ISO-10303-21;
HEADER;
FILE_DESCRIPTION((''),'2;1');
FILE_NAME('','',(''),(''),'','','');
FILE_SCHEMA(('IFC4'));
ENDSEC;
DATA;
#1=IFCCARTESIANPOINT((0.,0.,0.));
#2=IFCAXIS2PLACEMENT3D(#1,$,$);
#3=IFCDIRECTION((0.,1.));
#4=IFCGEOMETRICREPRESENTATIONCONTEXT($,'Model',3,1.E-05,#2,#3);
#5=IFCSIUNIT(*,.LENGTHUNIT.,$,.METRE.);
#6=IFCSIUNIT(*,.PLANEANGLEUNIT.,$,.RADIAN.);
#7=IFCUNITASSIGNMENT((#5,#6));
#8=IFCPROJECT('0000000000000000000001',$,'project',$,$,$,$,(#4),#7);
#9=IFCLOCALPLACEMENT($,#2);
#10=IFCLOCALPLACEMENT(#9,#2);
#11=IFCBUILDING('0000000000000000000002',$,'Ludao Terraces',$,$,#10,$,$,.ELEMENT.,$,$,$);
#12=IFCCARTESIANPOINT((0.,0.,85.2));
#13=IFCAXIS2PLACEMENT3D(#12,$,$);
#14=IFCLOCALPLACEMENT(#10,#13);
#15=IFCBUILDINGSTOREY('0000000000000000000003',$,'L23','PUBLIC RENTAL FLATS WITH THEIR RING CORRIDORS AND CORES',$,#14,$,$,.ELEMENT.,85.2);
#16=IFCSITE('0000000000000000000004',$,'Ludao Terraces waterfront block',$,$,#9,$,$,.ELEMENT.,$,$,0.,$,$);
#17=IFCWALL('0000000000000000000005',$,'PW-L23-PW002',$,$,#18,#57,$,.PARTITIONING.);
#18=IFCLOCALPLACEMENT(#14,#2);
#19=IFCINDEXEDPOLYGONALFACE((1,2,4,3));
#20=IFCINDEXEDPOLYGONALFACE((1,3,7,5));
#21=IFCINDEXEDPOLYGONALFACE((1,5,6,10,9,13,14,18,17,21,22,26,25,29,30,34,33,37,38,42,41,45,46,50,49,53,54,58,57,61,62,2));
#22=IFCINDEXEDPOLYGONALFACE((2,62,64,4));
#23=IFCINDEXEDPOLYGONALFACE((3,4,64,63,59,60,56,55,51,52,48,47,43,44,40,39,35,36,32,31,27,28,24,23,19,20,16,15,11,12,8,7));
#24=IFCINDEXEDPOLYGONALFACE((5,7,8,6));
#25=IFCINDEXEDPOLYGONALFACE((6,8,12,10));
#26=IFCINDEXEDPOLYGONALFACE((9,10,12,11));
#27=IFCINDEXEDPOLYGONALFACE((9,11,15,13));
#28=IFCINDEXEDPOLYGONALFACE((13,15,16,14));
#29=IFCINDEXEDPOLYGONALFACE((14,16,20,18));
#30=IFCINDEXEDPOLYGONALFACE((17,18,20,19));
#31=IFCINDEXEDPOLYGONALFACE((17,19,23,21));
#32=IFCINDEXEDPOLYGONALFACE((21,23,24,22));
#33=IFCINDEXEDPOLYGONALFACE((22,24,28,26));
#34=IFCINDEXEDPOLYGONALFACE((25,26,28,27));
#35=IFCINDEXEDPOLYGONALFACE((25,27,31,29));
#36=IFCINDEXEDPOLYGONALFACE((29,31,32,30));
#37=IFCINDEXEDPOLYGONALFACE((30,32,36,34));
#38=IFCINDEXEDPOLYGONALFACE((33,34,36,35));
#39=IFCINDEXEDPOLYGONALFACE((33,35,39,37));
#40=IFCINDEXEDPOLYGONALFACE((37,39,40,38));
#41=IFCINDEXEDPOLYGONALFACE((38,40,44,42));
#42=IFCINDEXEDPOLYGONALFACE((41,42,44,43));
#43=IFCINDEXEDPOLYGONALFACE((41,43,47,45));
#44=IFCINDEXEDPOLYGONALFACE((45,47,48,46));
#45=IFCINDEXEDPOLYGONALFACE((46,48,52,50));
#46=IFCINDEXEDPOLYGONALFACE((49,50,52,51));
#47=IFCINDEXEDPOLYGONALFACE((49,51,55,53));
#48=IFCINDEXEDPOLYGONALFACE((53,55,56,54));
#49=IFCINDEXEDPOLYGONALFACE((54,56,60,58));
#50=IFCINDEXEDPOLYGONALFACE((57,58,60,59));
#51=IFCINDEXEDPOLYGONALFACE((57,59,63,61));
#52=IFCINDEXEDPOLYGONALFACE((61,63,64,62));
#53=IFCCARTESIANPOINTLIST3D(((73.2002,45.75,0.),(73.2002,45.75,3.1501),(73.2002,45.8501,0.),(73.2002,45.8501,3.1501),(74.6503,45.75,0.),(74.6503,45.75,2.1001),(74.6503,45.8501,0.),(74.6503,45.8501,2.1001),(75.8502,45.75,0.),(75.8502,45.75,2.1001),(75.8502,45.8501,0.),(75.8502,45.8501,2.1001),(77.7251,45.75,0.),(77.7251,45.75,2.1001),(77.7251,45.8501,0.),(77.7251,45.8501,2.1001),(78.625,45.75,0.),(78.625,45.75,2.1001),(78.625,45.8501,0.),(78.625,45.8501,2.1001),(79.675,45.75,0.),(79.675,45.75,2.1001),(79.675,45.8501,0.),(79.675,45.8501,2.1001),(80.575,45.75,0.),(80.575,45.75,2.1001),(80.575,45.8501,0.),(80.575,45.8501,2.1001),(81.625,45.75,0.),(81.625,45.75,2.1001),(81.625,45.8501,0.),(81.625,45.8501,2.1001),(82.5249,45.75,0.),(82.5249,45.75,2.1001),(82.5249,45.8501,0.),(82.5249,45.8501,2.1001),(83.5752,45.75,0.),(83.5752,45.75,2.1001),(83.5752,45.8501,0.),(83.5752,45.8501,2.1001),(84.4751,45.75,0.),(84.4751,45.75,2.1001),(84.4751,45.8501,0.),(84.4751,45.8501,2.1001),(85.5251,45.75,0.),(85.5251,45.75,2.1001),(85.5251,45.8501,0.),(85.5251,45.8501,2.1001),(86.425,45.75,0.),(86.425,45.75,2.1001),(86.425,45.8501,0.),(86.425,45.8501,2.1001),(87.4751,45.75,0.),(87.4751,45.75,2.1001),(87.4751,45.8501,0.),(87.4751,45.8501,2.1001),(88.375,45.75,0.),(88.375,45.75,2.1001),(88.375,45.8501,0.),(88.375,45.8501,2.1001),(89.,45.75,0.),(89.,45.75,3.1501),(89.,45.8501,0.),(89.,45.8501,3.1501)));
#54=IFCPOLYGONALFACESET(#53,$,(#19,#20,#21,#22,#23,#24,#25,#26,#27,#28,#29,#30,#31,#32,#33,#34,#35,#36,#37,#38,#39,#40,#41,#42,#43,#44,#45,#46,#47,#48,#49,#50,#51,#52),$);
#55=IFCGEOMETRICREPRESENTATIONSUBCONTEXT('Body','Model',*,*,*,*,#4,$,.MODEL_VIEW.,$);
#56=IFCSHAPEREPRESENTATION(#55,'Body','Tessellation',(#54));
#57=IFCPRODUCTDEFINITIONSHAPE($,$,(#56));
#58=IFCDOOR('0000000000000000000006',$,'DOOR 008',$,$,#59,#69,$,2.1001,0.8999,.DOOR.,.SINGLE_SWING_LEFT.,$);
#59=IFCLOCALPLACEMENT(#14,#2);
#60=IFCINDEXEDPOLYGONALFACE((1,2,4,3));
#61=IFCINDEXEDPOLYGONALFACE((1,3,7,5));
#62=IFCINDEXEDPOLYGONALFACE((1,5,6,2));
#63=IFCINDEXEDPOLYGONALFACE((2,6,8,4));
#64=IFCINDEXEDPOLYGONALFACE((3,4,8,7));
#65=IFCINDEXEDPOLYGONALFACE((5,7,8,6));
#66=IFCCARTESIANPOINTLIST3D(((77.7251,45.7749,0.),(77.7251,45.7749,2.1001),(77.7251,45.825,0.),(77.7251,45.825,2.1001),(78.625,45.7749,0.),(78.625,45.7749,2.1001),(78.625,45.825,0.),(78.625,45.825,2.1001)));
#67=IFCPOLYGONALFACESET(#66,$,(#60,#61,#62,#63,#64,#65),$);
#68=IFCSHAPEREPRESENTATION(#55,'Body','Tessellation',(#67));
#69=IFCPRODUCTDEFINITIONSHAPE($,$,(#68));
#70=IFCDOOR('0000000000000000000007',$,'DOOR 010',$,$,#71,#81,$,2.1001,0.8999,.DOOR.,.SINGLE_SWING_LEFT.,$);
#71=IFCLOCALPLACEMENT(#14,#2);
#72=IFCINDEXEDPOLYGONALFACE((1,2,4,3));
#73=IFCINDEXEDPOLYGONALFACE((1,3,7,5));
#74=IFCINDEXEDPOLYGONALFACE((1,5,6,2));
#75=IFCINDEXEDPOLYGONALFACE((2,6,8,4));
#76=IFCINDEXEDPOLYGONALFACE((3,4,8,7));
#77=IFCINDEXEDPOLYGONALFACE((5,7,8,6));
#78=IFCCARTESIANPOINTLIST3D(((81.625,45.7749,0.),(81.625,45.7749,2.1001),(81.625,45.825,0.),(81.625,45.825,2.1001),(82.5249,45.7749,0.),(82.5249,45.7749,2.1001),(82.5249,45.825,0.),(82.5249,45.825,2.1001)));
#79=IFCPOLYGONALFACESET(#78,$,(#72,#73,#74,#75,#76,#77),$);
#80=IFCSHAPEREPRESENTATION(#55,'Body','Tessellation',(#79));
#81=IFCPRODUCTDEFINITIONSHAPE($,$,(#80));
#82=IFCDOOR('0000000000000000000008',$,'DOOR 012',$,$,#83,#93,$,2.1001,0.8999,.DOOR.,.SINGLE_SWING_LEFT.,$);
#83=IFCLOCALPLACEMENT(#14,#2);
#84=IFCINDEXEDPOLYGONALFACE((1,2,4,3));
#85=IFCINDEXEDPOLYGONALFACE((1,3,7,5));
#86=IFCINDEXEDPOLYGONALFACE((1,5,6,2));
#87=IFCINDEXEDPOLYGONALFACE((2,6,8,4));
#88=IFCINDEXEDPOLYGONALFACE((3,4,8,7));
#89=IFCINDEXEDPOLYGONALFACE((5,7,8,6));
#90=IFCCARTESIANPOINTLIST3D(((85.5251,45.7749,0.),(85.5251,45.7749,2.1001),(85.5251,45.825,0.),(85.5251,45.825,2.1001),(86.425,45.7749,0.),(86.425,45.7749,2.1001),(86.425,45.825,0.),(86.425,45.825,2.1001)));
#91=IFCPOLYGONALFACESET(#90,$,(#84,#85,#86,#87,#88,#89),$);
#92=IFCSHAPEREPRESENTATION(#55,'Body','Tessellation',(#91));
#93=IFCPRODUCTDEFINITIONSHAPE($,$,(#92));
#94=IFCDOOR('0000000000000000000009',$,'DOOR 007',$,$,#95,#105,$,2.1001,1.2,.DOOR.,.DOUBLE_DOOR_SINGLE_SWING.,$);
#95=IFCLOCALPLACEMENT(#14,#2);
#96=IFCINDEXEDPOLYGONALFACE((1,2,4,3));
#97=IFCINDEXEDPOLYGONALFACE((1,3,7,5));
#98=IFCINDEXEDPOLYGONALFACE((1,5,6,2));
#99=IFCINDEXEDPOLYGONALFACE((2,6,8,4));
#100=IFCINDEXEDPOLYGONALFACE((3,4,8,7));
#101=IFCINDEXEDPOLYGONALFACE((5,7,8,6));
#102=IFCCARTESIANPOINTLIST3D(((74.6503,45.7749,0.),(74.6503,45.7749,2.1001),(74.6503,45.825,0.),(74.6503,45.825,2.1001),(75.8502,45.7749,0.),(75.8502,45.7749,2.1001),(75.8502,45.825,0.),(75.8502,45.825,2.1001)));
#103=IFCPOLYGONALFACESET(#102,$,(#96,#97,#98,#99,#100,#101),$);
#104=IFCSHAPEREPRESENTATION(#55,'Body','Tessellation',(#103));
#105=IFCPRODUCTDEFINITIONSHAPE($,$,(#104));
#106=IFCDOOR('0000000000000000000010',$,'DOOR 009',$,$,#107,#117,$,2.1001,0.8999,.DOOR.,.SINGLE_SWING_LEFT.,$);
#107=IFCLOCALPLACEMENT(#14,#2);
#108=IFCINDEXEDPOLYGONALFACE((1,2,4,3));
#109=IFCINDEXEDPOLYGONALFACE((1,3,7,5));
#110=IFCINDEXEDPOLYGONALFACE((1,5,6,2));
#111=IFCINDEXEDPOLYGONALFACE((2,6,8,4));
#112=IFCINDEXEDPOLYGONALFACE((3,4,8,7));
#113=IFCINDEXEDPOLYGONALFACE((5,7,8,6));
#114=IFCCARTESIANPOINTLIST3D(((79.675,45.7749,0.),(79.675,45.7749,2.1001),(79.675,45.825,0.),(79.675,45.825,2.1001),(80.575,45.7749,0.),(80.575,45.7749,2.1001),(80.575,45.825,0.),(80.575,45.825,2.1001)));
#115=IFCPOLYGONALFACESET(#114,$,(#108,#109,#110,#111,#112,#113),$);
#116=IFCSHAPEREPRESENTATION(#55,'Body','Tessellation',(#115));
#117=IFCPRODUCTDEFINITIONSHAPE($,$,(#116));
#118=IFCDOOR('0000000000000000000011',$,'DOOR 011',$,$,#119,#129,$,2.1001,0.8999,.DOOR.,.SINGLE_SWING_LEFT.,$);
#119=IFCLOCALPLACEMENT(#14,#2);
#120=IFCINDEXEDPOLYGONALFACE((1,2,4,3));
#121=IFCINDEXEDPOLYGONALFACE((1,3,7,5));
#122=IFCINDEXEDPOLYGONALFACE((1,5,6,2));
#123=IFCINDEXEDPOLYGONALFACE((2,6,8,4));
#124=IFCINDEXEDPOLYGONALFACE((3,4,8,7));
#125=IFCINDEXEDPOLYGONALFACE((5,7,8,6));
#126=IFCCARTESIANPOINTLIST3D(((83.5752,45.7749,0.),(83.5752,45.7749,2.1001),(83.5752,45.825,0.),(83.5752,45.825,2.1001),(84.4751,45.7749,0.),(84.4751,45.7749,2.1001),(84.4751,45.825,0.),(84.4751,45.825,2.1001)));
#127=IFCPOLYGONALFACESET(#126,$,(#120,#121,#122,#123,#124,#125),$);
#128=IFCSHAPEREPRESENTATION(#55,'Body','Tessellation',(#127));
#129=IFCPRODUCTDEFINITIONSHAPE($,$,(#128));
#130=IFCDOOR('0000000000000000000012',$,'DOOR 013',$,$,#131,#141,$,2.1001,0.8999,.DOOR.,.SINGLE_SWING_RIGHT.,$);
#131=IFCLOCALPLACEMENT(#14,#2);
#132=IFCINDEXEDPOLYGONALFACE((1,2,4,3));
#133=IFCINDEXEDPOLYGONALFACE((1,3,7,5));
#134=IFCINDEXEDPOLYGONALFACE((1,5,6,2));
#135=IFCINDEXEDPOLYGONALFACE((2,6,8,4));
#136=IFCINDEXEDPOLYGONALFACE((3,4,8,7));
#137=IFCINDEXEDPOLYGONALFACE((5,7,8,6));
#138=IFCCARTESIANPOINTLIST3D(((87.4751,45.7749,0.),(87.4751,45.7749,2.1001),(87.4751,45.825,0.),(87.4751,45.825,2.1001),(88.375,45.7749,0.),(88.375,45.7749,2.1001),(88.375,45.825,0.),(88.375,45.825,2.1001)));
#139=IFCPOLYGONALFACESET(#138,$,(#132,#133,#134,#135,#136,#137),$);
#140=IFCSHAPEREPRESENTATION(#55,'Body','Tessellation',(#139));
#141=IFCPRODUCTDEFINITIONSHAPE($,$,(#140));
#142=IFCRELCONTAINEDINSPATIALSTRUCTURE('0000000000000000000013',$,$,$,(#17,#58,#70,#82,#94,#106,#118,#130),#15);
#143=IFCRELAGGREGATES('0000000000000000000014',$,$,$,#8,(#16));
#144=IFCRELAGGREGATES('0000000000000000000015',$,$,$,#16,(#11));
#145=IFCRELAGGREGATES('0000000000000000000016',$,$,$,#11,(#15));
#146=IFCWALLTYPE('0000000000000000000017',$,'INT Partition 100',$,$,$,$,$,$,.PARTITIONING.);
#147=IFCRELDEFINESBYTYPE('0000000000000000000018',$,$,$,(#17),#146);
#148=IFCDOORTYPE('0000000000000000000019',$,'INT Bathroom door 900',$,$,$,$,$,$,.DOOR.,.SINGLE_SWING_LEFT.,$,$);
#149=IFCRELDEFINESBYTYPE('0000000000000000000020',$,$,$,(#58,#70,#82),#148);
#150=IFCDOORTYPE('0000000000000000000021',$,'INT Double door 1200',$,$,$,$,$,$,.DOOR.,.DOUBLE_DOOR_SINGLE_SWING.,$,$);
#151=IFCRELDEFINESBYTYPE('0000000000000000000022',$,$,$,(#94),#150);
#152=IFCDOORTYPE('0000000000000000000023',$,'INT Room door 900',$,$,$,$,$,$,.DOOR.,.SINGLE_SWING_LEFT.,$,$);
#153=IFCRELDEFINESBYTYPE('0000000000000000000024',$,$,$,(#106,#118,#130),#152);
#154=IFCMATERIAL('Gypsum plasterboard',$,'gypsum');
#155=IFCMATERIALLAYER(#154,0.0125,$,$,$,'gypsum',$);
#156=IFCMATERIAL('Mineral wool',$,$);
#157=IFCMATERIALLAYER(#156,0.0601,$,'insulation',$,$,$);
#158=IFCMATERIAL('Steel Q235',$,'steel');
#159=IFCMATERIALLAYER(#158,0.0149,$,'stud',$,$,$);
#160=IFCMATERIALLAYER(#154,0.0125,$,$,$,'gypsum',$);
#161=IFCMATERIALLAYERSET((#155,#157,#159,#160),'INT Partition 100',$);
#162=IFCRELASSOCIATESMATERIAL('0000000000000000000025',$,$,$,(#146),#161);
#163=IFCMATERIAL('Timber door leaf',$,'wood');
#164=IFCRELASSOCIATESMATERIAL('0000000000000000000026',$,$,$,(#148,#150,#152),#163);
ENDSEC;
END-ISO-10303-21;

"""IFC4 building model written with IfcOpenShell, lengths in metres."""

from ifc_helpers import new_model, si_unit, direction, frame, frame_2d, origin, place, context, subcontext, project, spatial, rectangle, extrude, material, layer, layer_set, type_object, element, fill, save


model = new_model("IFC4")

# Units and contexts
model_context = context("Model", 3, precision=1e-05, world=origin(), true_north=direction((0.0, 1.0)))
body_context = subcontext(model_context, "Body", "Model", "MODEL_VIEW")
ifc_project = project(units=[si_unit("LENGTHUNIT", "METRE"), si_unit("PLANEANGLEUNIT", "RADIAN")], contexts=[model_context])

# Site, building, storey
site_placement = place(None, origin())
site = spatial("IfcSite", under=ifc_project, at=site_placement, Name="Ludao Terraces waterfront block", CompositionType="ELEMENT", RefElevation=0.0)
building_placement = place(site_placement, origin())
building = spatial("IfcBuilding", under=site, at=building_placement, Name="Ludao Terraces", CompositionType="ELEMENT")
storey_placement = place(building_placement, frame((0.0, 0.0, 85.2)))
storey = spatial("IfcBuildingStorey", under=building, at=storey_placement, Name="L23", Description="PUBLIC RENTAL FLATS WITH THEIR RING CORRIDORS AND CORES", CompositionType="ELEMENT", Elevation=85.2)

# Wall, openings, doors
ifc_material_1 = material(Name="Gypsum plasterboard", Category="gypsum")
ifc_layer_1 = layer(ifc_material_1, 0.0125, Category="gypsum")
ifc_material_2 = material(Name="Mineral wool")
ifc_layer_2 = layer(ifc_material_2, 0.0601, Name="insulation")
ifc_material_3 = material(Name="Steel Q235", Category="steel")
ifc_layer_3 = layer(ifc_material_3, 0.0149, Name="stud")
ifc_layer_4 = layer(ifc_material_1, 0.0125, Category="gypsum")
ifc_layer_set_1 = layer_set([ifc_layer_1, ifc_layer_2, ifc_layer_3, ifc_layer_4], Name="INT Partition 100")
wall_type_1 = type_object("IfcWallType", Name="INT Partition 100", PredefinedType="PARTITIONING", material=ifc_layer_set_1)
wall_1_placement = place(storey_placement, frame((73.2002, 45.8, 0.0), z_axis=(0.0, 0.0, 1.0), x_axis=(1.0, 0.0, 0.0)))
wall_1 = element("IfcWall", 1, at=wall_1_placement, inside=storey, type_object=wall_type_1, Name="PW-L23-PW002", PredefinedType="PARTITIONING", context=body_context, shape_type="SweptSolid", body=[
    extrude(rectangle(XDim=15.7998, YDim=0.1001, at=frame_2d((7.8999, 0.0))), origin(), (0.0, 0.0, 1.0), 3.1501),
])
opening_1_placement = place(wall_1_placement, frame((1.45, 0.0, 0.0)))
opening_1 = element("IfcOpeningElement", 2, at=opening_1_placement, cuts=wall_1, PredefinedType="OPENING", context=body_context, shape_type="SweptSolid", body=[
    extrude(rectangle(XDim=1.2, YDim=2.1001, at=frame_2d((0.6001, 1.05))), frame((0.0, 0.0601, 0.0), z_axis=(0.0, -1.0, 0.0), x_axis=(1.0, 0.0, 0.0)), (0.0, 0.0, 1.0), 0.1201),
])
opening_2_placement = place(wall_1_placement, frame((4.5249, 0.0, 0.0)))
opening_2 = element("IfcOpeningElement", 3, at=opening_2_placement, cuts=wall_1, PredefinedType="OPENING", context=body_context, shape_type="SweptSolid", body=[
    extrude(rectangle(XDim=0.8999, YDim=2.1001, at=frame_2d((0.45, 1.05))), frame((0.0, 0.0601, 0.0), z_axis=(0.0, -1.0, 0.0), x_axis=(1.0, 0.0, 0.0)), (0.0, 0.0, 1.0), 0.1201),
])
opening_3_placement = place(wall_1_placement, frame((6.4749, 0.0, 0.0)))
opening_3 = element("IfcOpeningElement", 4, at=opening_3_placement, cuts=wall_1, PredefinedType="OPENING", context=body_context, shape_type="SweptSolid", body=[
    extrude(rectangle(XDim=0.8999, YDim=2.1001, at=frame_2d((0.45, 1.05))), frame((0.0, 0.0601, 0.0), z_axis=(0.0, -1.0, 0.0), x_axis=(1.0, 0.0, 0.0)), (0.0, 0.0, 1.0), 0.1201),
])
opening_4_placement = place(wall_1_placement, frame((8.4248, 0.0, 0.0)))
opening_4 = element("IfcOpeningElement", 5, at=opening_4_placement, cuts=wall_1, PredefinedType="OPENING", context=body_context, shape_type="SweptSolid", body=[
    extrude(rectangle(XDim=0.8999, YDim=2.1001, at=frame_2d((0.45, 1.05))), frame((0.0, 0.0601, 0.0), z_axis=(0.0, -1.0, 0.0), x_axis=(1.0, 0.0, 0.0)), (0.0, 0.0, 1.0), 0.1201),
])
opening_5_placement = place(wall_1_placement, frame((10.375, 0.0, 0.0)))
opening_5 = element("IfcOpeningElement", 6, at=opening_5_placement, cuts=wall_1, PredefinedType="OPENING", context=body_context, shape_type="SweptSolid", body=[
    extrude(rectangle(XDim=0.8999, YDim=2.1001, at=frame_2d((0.45, 1.05))), frame((0.0, 0.0601, 0.0), z_axis=(0.0, -1.0, 0.0), x_axis=(1.0, 0.0, 0.0)), (0.0, 0.0, 1.0), 0.1201),
])
opening_6_placement = place(wall_1_placement, frame((12.325, 0.0, 0.0)))
opening_6 = element("IfcOpeningElement", 7, at=opening_6_placement, cuts=wall_1, PredefinedType="OPENING", context=body_context, shape_type="SweptSolid", body=[
    extrude(rectangle(XDim=0.8999, YDim=2.1001, at=frame_2d((0.45, 1.05))), frame((0.0, 0.0601, 0.0), z_axis=(0.0, -1.0, 0.0), x_axis=(1.0, 0.0, 0.0)), (0.0, 0.0, 1.0), 0.1201),
])
opening_7_placement = place(wall_1_placement, frame((14.2749, 0.0, 0.0)))
opening_7 = element("IfcOpeningElement", 8, at=opening_7_placement, cuts=wall_1, PredefinedType="OPENING", context=body_context, shape_type="SweptSolid", body=[
    extrude(rectangle(XDim=0.8999, YDim=2.1001, at=frame_2d((0.45, 1.05))), frame((0.0, 0.0601, 0.0), z_axis=(0.0, -1.0, 0.0), x_axis=(1.0, 0.0, 0.0)), (0.0, 0.0, 1.0), 0.1201),
])
ifc_material_4 = material(Name="Timber door leaf", Category="wood")
door_type_1 = type_object("IfcDoorType", Name="INT Bathroom door 900", OperationType="SINGLE_SWING_LEFT", PredefinedType="DOOR", material=ifc_material_4)
door_1_placement = place(opening_2_placement, origin())
door_1 = element("IfcDoor", 9, at=door_1_placement, inside=storey, type_object=door_type_1, Name="DOOR 008", OperationType="SINGLE_SWING_LEFT", OverallHeight=2.1001, OverallWidth=0.8999, PredefinedType="DOOR", context=body_context, shape_type="SweptSolid", body=[
    extrude(rectangle(XDim=0.8999, YDim=2.1001, at=frame_2d((0.45, 1.05))), frame((0.0, 0.0249, 0.0), z_axis=(0.0, -1.0, 0.0), x_axis=(1.0, 0.0, 0.0)), (0.0, 0.0, 1.0), 0.05),
])
fill(opening_2, door_1)
door_2_placement = place(opening_4_placement, origin())
door_2 = element("IfcDoor", 10, at=door_2_placement, inside=storey, type_object=door_type_1, Name="DOOR 010", OperationType="SINGLE_SWING_LEFT", OverallHeight=2.1001, OverallWidth=0.8999, PredefinedType="DOOR", context=body_context, shape_type="SweptSolid", body=[
    extrude(rectangle(XDim=0.8999, YDim=2.1001, at=frame_2d((0.45, 1.05))), frame((0.0, 0.0249, 0.0), z_axis=(0.0, -1.0, 0.0), x_axis=(1.0, 0.0, 0.0)), (0.0, 0.0, 1.0), 0.05),
])
fill(opening_4, door_2)
door_3_placement = place(opening_6_placement, origin())
door_3 = element("IfcDoor", 11, at=door_3_placement, inside=storey, type_object=door_type_1, Name="DOOR 012", OperationType="SINGLE_SWING_LEFT", OverallHeight=2.1001, OverallWidth=0.8999, PredefinedType="DOOR", context=body_context, shape_type="SweptSolid", body=[
    extrude(rectangle(XDim=0.8999, YDim=2.1001, at=frame_2d((0.45, 1.05))), frame((0.0, 0.0249, 0.0), z_axis=(0.0, -1.0, 0.0), x_axis=(1.0, 0.0, 0.0)), (0.0, 0.0, 1.0), 0.05),
])
fill(opening_6, door_3)
door_type_2 = type_object("IfcDoorType", Name="INT Double door 1200", OperationType="DOUBLE_DOOR_SINGLE_SWING", PredefinedType="DOOR", material=ifc_material_4)
door_4_placement = place(opening_1_placement, origin())
door_4 = element("IfcDoor", 12, at=door_4_placement, inside=storey, type_object=door_type_2, Name="DOOR 007", OperationType="DOUBLE_DOOR_SINGLE_SWING", OverallHeight=2.1001, OverallWidth=1.2, PredefinedType="DOOR", context=body_context, shape_type="SweptSolid", body=[
    extrude(rectangle(XDim=1.2, YDim=2.1001, at=frame_2d((0.6001, 1.05))), frame((0.0, 0.0249, 0.0), z_axis=(0.0, -1.0, 0.0), x_axis=(1.0, 0.0, 0.0)), (0.0, 0.0, 1.0), 0.05),
])
fill(opening_1, door_4)
door_type_3 = type_object("IfcDoorType", Name="INT Room door 900", OperationType="SINGLE_SWING_LEFT", PredefinedType="DOOR", material=ifc_material_4)
door_5_placement = place(opening_3_placement, origin())
door_5 = element("IfcDoor", 13, at=door_5_placement, inside=storey, type_object=door_type_3, Name="DOOR 009", OperationType="SINGLE_SWING_LEFT", OverallHeight=2.1001, OverallWidth=0.8999, PredefinedType="DOOR", context=body_context, shape_type="SweptSolid", body=[
    extrude(rectangle(XDim=0.8999, YDim=2.1001, at=frame_2d((0.45, 1.05))), frame((0.0, 0.0249, 0.0), z_axis=(0.0, -1.0, 0.0), x_axis=(1.0, 0.0, 0.0)), (0.0, 0.0, 1.0), 0.05),
])
fill(opening_3, door_5)
door_6_placement = place(opening_5_placement, origin())
door_6 = element("IfcDoor", 14, at=door_6_placement, inside=storey, type_object=door_type_3, Name="DOOR 011", OperationType="SINGLE_SWING_LEFT", OverallHeight=2.1001, OverallWidth=0.8999, PredefinedType="DOOR", context=body_context, shape_type="SweptSolid", body=[
    extrude(rectangle(XDim=0.8999, YDim=2.1001, at=frame_2d((0.45, 1.05))), frame((0.0, 0.0249, 0.0), z_axis=(0.0, -1.0, 0.0), x_axis=(1.0, 0.0, 0.0)), (0.0, 0.0, 1.0), 0.05),
])
fill(opening_5, door_6)
door_7_placement = place(opening_7_placement, origin())
door_7 = element("IfcDoor", 15, at=door_7_placement, inside=storey, type_object=door_type_3, Name="DOOR 013", OperationType="SINGLE_SWING_RIGHT", OverallHeight=2.1001, OverallWidth=0.8999, PredefinedType="DOOR", context=body_context, shape_type="SweptSolid", body=[
    extrude(rectangle(XDim=0.8999, YDim=2.1001, at=frame_2d((0.45, 1.05))), frame((0.0, 0.0249, 0.0), z_axis=(0.0, -1.0, 0.0), x_axis=(1.0, 0.0, 0.0)), (0.0, 0.0, 1.0), 0.05),
])
fill(opening_7, door_7)

save(model, "model.ifc")
